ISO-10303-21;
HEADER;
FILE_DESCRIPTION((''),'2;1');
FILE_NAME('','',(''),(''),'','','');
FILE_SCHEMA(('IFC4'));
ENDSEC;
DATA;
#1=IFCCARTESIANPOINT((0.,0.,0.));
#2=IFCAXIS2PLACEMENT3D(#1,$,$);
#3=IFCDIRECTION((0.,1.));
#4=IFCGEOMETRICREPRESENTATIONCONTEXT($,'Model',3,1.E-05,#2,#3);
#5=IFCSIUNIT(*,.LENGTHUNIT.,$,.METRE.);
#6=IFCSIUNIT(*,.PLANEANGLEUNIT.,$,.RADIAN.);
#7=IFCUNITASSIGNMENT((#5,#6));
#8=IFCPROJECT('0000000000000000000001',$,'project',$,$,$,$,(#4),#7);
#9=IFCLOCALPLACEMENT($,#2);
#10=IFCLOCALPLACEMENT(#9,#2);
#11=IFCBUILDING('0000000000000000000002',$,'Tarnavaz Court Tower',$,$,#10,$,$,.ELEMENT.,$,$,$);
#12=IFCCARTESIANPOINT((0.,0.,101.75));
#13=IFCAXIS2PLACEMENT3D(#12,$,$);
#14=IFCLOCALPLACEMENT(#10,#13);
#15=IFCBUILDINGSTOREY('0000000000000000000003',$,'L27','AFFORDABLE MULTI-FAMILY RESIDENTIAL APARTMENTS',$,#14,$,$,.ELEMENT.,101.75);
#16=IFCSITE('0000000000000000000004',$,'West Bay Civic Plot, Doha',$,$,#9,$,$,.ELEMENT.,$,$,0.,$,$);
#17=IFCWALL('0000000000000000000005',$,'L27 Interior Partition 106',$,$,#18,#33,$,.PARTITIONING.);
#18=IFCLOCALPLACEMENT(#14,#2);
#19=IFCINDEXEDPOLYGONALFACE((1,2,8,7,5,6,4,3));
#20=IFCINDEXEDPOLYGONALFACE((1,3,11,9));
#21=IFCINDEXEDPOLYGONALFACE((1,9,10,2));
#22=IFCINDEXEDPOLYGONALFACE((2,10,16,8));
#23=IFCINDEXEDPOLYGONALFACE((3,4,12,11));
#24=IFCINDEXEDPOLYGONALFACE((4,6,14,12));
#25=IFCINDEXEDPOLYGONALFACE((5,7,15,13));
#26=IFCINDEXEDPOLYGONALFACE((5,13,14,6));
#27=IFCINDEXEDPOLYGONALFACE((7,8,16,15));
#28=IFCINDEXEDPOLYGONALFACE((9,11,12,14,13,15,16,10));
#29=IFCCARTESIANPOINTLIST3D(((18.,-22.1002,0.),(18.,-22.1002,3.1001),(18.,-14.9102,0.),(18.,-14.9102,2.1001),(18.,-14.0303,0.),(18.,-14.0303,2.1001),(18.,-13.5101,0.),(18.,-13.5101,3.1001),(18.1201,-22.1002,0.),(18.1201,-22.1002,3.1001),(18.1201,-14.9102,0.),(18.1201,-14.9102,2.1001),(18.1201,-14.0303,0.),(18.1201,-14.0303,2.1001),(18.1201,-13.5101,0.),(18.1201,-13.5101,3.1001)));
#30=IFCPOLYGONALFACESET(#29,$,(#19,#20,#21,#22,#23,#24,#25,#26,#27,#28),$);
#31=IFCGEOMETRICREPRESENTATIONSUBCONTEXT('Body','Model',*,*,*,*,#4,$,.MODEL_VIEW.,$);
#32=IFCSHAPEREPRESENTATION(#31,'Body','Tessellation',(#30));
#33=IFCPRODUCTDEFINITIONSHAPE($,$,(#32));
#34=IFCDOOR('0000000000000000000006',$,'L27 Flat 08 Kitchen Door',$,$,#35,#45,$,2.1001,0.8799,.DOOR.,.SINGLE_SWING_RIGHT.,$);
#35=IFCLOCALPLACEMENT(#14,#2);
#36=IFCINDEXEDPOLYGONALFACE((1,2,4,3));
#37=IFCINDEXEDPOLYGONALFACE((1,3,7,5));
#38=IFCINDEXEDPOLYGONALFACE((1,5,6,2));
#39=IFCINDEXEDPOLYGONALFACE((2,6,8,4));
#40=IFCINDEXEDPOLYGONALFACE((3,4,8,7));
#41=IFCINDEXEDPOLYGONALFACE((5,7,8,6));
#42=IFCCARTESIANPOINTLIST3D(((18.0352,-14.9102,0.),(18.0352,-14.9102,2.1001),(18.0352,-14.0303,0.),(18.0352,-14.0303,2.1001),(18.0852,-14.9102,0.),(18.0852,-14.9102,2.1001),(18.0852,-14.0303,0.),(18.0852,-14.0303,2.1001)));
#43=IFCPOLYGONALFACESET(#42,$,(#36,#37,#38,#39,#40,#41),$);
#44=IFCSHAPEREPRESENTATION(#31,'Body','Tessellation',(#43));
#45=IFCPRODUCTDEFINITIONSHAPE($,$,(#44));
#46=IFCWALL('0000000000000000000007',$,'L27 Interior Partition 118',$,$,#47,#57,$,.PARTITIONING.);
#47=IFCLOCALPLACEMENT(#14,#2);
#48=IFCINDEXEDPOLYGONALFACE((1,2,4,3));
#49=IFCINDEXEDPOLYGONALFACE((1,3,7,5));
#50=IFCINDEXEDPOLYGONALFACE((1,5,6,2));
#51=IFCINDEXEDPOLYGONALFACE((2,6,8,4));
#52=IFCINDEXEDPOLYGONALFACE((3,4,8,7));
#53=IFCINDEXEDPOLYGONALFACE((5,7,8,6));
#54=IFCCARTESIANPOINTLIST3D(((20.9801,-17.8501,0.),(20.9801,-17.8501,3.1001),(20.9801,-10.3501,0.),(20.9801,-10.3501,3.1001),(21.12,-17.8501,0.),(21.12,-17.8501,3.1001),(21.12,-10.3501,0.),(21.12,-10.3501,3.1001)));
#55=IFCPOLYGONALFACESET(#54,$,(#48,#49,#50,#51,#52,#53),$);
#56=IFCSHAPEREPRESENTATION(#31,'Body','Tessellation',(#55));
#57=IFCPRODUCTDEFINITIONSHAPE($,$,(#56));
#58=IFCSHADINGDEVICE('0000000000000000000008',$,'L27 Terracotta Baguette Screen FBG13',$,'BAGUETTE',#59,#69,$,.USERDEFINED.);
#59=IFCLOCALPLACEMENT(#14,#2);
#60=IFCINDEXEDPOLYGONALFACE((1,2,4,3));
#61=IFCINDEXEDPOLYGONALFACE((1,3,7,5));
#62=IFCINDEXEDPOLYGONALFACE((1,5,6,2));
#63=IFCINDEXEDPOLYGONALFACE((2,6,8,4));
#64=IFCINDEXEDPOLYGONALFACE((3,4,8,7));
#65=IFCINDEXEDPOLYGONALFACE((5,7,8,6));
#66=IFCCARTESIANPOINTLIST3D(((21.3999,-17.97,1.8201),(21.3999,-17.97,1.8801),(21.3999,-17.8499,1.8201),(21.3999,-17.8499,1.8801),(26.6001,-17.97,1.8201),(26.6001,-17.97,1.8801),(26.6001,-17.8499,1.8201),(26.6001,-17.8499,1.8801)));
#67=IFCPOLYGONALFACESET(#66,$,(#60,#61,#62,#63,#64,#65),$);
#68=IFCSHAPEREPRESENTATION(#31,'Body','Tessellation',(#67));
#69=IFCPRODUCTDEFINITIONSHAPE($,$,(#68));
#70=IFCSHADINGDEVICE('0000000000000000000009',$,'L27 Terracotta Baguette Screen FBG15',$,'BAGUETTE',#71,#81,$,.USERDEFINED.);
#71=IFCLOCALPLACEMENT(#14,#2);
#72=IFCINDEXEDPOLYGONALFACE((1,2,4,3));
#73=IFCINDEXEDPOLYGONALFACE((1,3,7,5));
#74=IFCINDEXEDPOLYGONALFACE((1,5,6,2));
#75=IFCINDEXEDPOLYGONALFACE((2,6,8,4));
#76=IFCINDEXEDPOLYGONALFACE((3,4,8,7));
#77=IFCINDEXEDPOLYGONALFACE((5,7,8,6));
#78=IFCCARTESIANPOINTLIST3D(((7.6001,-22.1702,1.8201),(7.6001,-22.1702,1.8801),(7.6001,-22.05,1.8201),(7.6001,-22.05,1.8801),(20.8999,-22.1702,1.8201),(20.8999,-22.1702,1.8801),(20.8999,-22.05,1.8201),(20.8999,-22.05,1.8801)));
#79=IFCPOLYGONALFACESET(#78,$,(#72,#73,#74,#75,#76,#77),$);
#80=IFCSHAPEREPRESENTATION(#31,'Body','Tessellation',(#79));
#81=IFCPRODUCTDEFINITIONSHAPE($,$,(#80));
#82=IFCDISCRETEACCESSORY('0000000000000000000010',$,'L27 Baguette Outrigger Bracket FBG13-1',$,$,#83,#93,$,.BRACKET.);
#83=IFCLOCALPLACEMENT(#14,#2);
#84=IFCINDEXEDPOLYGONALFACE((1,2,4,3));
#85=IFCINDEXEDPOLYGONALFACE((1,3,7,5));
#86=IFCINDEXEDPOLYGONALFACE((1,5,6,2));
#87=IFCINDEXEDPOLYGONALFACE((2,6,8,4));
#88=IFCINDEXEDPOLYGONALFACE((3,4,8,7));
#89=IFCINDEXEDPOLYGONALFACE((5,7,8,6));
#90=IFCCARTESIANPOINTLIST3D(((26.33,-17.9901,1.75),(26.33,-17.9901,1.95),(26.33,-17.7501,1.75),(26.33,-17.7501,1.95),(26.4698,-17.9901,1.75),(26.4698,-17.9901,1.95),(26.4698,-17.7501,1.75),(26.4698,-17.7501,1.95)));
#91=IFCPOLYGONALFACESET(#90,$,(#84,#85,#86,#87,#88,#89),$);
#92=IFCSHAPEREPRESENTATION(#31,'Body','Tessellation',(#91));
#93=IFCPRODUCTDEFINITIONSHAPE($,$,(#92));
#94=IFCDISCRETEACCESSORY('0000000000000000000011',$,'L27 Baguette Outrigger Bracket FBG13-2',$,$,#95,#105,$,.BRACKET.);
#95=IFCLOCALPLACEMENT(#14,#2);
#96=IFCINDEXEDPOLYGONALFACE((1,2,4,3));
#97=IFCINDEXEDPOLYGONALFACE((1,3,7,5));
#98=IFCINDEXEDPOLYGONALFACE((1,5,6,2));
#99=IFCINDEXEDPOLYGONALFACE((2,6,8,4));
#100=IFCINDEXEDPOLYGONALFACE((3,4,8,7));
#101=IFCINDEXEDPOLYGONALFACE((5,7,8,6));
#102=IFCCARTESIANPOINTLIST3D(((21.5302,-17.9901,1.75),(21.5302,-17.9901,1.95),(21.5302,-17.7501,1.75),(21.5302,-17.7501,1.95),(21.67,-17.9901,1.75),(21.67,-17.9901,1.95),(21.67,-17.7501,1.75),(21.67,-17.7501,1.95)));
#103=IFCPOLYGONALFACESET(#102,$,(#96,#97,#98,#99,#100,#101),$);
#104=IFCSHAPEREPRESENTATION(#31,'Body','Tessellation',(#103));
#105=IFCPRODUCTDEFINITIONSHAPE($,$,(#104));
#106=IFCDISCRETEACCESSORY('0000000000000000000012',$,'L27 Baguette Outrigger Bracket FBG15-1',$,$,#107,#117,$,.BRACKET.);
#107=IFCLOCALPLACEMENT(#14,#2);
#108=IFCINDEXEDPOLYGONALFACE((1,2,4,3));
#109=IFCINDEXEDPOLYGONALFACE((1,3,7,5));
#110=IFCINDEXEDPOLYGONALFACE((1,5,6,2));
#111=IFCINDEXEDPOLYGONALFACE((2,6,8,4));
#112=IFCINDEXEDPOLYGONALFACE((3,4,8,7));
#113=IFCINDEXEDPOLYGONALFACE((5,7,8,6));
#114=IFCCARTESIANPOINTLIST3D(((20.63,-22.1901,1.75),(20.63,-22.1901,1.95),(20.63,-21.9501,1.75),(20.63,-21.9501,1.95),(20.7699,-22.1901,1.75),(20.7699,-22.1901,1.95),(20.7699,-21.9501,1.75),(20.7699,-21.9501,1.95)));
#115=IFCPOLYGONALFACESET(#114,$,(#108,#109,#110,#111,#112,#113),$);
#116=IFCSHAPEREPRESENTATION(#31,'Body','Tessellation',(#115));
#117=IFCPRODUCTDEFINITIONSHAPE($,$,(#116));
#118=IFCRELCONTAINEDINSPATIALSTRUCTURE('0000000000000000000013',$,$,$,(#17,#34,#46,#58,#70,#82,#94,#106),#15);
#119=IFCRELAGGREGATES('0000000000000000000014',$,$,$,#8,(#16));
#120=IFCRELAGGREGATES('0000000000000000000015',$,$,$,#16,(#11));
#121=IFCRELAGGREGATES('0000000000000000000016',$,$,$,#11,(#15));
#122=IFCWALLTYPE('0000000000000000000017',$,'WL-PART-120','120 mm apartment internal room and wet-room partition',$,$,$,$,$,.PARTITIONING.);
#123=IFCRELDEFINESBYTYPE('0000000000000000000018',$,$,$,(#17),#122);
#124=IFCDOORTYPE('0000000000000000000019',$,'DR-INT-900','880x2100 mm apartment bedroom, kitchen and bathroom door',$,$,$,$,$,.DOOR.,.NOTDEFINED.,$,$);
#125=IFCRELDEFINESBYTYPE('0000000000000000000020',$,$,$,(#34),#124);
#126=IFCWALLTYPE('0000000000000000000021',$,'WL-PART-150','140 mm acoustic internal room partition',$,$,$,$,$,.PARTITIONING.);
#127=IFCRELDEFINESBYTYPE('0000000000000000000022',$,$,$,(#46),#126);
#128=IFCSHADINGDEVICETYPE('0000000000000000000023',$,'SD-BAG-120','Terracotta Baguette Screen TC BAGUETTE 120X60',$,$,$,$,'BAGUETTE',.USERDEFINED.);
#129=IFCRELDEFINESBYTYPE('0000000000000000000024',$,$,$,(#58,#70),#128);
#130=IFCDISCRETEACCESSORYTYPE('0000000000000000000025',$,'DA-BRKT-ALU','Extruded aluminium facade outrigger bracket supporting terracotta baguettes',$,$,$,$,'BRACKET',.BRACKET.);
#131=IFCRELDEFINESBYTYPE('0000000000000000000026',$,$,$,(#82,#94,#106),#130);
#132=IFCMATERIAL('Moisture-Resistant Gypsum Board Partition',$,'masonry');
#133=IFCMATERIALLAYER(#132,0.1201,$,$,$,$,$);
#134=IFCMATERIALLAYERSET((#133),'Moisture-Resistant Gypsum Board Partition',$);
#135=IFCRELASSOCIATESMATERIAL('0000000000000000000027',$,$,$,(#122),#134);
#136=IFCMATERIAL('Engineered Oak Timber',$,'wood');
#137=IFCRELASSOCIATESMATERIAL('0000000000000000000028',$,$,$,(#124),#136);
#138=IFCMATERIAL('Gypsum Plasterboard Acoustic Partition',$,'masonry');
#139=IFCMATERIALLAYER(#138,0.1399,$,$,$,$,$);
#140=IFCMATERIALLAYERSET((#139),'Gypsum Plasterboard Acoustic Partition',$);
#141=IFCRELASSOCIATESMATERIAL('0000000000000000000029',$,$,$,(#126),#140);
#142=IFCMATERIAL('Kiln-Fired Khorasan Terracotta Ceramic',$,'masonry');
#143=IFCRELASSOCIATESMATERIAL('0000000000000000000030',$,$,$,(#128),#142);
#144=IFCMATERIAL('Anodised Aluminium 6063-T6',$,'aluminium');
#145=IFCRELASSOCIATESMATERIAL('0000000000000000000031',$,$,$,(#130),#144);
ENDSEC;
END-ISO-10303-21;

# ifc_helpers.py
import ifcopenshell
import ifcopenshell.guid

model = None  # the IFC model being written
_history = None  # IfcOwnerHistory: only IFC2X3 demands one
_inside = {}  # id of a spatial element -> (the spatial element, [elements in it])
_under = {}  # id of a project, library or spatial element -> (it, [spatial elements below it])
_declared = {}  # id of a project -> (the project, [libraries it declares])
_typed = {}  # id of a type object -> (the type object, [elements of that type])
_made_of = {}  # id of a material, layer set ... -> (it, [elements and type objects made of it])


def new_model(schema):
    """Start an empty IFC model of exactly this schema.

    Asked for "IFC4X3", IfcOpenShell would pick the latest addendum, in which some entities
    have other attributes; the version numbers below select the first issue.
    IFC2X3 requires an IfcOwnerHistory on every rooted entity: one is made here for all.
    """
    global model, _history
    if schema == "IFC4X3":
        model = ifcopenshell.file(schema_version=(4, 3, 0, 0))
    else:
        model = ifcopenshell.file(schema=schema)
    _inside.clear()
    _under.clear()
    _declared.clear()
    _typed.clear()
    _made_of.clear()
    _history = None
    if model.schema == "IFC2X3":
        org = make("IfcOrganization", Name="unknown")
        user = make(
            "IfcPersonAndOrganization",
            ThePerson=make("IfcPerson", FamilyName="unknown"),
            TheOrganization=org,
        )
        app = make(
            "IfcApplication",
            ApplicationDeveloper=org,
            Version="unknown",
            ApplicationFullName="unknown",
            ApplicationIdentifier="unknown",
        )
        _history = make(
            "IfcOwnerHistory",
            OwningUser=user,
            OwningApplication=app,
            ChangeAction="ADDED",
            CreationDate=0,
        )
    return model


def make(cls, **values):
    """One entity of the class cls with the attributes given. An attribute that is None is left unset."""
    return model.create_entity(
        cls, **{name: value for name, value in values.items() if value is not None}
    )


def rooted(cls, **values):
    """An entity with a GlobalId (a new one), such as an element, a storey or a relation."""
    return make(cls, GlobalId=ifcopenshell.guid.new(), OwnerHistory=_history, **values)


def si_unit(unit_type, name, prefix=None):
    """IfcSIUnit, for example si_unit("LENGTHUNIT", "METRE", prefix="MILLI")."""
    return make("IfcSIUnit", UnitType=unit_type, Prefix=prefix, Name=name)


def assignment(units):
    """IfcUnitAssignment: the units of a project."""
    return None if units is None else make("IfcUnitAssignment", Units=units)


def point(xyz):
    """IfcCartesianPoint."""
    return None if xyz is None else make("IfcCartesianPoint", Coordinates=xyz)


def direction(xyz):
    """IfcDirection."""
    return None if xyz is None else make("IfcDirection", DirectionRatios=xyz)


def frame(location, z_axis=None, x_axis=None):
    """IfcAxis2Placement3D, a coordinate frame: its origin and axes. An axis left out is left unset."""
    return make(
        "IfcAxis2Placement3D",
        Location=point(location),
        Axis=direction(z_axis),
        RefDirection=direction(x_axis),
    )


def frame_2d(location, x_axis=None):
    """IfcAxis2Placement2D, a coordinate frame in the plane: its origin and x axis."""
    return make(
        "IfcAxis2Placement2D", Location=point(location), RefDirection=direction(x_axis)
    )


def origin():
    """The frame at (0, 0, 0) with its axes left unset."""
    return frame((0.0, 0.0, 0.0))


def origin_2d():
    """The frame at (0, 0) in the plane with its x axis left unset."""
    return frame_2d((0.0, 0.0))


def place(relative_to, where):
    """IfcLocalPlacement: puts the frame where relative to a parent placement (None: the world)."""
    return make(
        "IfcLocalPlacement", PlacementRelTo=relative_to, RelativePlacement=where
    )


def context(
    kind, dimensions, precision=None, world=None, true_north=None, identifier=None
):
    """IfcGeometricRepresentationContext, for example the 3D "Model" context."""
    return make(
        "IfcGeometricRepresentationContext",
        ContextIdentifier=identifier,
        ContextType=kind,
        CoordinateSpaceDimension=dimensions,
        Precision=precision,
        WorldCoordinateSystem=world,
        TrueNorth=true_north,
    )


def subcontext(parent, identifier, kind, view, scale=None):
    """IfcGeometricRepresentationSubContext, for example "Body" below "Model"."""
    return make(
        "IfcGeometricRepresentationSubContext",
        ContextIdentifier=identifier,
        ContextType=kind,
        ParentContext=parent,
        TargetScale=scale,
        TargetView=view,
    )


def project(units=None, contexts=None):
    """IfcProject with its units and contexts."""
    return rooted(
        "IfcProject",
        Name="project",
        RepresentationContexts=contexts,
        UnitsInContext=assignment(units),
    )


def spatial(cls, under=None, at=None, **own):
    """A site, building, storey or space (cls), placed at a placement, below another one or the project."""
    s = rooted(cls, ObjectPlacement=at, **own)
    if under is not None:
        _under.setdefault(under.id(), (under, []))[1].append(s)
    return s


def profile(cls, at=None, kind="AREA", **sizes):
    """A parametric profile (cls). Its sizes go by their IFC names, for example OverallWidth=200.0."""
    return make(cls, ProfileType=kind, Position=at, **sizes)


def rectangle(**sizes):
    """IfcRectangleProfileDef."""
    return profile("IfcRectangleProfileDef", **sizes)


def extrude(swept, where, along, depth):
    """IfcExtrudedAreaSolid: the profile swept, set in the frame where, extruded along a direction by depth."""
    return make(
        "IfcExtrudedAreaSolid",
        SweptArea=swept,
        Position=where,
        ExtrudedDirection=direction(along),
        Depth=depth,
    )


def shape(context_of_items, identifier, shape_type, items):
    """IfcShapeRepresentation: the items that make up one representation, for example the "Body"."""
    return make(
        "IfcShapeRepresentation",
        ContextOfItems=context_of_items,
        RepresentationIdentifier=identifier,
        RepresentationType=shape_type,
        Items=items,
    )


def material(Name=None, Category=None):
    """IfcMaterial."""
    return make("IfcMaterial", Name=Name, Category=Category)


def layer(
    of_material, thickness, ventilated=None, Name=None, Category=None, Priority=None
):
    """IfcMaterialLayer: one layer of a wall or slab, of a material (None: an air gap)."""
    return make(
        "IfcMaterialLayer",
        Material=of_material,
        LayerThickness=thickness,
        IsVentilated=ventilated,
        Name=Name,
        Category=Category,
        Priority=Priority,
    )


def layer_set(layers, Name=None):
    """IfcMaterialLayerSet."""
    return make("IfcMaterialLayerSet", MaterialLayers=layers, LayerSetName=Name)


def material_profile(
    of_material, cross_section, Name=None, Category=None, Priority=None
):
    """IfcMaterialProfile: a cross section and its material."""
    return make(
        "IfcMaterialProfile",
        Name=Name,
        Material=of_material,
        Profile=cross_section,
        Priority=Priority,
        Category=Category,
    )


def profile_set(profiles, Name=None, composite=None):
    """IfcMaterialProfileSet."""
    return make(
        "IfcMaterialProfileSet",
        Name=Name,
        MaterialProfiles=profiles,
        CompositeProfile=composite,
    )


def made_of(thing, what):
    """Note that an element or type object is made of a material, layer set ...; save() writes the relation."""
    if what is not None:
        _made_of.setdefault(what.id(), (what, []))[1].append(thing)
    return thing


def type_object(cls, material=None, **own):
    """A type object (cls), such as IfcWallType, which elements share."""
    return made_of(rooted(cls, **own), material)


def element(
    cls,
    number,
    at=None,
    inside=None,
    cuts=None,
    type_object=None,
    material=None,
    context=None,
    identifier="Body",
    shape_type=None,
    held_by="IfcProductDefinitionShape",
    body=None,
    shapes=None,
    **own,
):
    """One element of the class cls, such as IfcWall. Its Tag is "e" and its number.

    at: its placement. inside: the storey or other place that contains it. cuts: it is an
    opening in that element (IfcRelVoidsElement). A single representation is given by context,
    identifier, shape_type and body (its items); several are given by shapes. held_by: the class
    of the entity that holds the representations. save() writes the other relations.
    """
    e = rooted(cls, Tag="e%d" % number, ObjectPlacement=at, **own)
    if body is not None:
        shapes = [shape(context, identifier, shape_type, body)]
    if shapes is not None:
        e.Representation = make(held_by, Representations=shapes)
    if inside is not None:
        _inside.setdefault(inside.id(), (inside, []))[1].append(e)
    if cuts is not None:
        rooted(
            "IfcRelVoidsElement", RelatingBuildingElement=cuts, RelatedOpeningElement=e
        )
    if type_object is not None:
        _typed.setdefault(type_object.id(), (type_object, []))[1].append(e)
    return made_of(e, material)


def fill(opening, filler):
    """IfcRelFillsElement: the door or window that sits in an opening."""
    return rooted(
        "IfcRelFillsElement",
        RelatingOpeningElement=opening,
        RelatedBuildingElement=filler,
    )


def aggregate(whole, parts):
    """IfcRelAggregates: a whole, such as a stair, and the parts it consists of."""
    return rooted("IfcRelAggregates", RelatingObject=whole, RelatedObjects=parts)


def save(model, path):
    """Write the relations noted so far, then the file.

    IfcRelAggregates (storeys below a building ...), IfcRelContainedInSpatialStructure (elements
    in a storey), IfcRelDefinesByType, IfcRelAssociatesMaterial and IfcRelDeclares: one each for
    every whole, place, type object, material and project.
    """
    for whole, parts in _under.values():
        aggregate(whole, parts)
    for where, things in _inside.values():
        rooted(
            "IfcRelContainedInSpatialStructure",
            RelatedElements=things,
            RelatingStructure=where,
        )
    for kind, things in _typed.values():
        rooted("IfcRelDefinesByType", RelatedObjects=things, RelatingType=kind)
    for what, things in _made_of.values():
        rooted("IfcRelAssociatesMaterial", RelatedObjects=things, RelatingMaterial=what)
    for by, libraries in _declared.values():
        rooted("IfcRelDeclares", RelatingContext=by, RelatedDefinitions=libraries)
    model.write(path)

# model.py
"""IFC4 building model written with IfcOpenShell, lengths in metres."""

from ifc_helpers import new_model, si_unit, direction, frame, frame_2d, origin, origin_2d, place, context, subcontext, project, spatial, rectangle, extrude, material, layer, layer_set, material_profile, profile_set, type_object, element, fill, save


model = new_model("IFC4")

# Units and contexts
model_context = context("Model", 3, precision=1e-05, world=origin(), true_north=direction((0.0, 1.0)))
body_context = subcontext(model_context, "Body", "Model", "MODEL_VIEW")
ifc_project = project(units=[si_unit("LENGTHUNIT", "METRE"), si_unit("PLANEANGLEUNIT", "RADIAN")], contexts=[model_context])

# Site, building, storey
site_placement = place(None, origin())
site = spatial("IfcSite", under=ifc_project, at=site_placement, Name="West Bay Civic Plot, Doha", CompositionType="ELEMENT", RefElevation=0.0)
building_placement = place(site_placement, origin())
building = spatial("IfcBuilding", under=site, at=building_placement, Name="Tarnavaz Court Tower", CompositionType="ELEMENT")
storey_placement = place(building_placement, frame((0.0, 0.0, 101.75)))
storey = spatial("IfcBuildingStorey", under=building, at=storey_placement, Name="L27", Description="AFFORDABLE MULTI-FAMILY RESIDENTIAL APARTMENTS", CompositionType="ELEMENT", Elevation=101.75)

# Wall, opening, door
ifc_material_1 = material(Name="Moisture-Resistant Gypsum Board Partition", Category="masonry")
ifc_layer_1 = layer(ifc_material_1, 0.1201)
ifc_layer_set_1 = layer_set([ifc_layer_1], Name="Moisture-Resistant Gypsum Board Partition")
wall_type_1 = type_object("IfcWallType", Name="WL-PART-120", Description="120 mm apartment internal room and wet-room partition", PredefinedType="PARTITIONING", material=ifc_layer_set_1)
wall_1_placement = place(storey_placement, frame((18.0601, -22.1001, 0.0), z_axis=(0.0, 0.0, 1.0), x_axis=(0.0, 1.0, 0.0)))
wall_1 = element("IfcWall", 1, at=wall_1_placement, inside=storey, type_object=wall_type_1, Name="L27 Interior Partition 106", PredefinedType="PARTITIONING", context=body_context, shape_type="SweptSolid", body=[
    extrude(rectangle(XDim=8.5901, YDim=0.1201, at=frame_2d((4.2949, 0.0))), origin(), (0.0, 0.0, 1.0), 3.1001),
])
opening_1_placement = place(wall_1_placement, frame((7.1899, 0.0, 0.0)))
opening_1 = element("IfcOpeningElement", 2, at=opening_1_placement, cuts=wall_1, PredefinedType="OPENING", context=body_context, shape_type="SweptSolid", body=[
    extrude(rectangle(XDim=0.8799, YDim=2.1001, at=frame_2d((0.4399, 1.05))), frame((0.0, 0.0701, 0.0), z_axis=(0.0, -1.0, 0.0), x_axis=(1.0, 0.0, 0.0)), (0.0, 0.0, 1.0), 0.1401),
])
ifc_material_2 = material(Name="Engineered Oak Timber", Category="wood")
door_type = type_object("IfcDoorType", Name="DR-INT-900", Description="880x2100 mm apartment bedroom, kitchen and bathroom door", OperationType="NOTDEFINED", PredefinedType="DOOR", material=ifc_material_2)
door_placement = place(opening_1_placement, origin())
door = element("IfcDoor", 3, at=door_placement, inside=storey, type_object=door_type, Name="L27 Flat 08 Kitchen Door", OperationType="SINGLE_SWING_RIGHT", OverallHeight=2.1001, OverallWidth=0.8799, PredefinedType="DOOR", context=body_context, shape_type="SweptSolid", body=[
    extrude(rectangle(XDim=0.8799, YDim=2.1001, at=frame_2d((0.4399, 1.05))), frame((0.0, 0.0249, 0.0), z_axis=(0.0, -1.0, 0.0), x_axis=(1.0, 0.0, 0.0)), (0.0, 0.0, 1.0), 0.05),
])
fill(opening_1, door)

# Wall
ifc_material_3 = material(Name="Gypsum Plasterboard Acoustic Partition", Category="masonry")
ifc_layer_2 = layer(ifc_material_3, 0.1399)
ifc_layer_set_2 = layer_set([ifc_layer_2], Name="Gypsum Plasterboard Acoustic Partition")
wall_type_2 = type_object("IfcWallType", Name="WL-PART-150", Description="140 mm acoustic internal room partition", PredefinedType="PARTITIONING", material=ifc_layer_set_2)
wall_2_placement = place(storey_placement, frame((21.05, -17.8501, 0.0), z_axis=(0.0, 0.0, 1.0), x_axis=(0.0, 1.0, 0.0)))
element("IfcWall", 4, at=wall_2_placement, inside=storey, type_object=wall_type_2, Name="L27 Interior Partition 118", PredefinedType="PARTITIONING", context=body_context, shape_type="SweptSolid", body=[
    extrude(rectangle(XDim=7.5, YDim=0.1399, at=frame_2d((3.75, 0.0))), origin(), (0.0, 0.0, 1.0), 3.1001),
])

# Shading devices
ifc_material_4 = material(Name="Kiln-Fired Khorasan Terracotta Ceramic", Category="masonry")
ifc_material_profile_1 = material_profile(ifc_material_4, rectangle(XDim=0.1201, YDim=0.0601, at=origin_2d()), Name="TC BAGUETTE 120X60")
ifc_profile_set_1 = profile_set([ifc_material_profile_1], Name="Kiln-Fired Khorasan Terracotta Ceramic")
shading_device_type = type_object("IfcShadingDeviceType", Name="SD-BAG-120", Description="Terracotta Baguette Screen TC BAGUETTE 120X60", ElementType="BAGUETTE", PredefinedType="USERDEFINED", material=ifc_profile_set_1)
shading_device_1_placement = place(storey_placement, frame((26.6001, -17.9099, 1.8501), z_axis=(-1.0, 0.0, 0.0), x_axis=(0.0, -1.0, 0.0)))
element("IfcShadingDevice", 5, at=shading_device_1_placement, inside=storey, type_object=shading_device_type, Name="L27 Terracotta Baguette Screen FBG13", ObjectType="BAGUETTE", PredefinedType="USERDEFINED", context=body_context, shape_type="SweptSolid", body=[
    extrude(rectangle(XDim=0.1201, YDim=0.0601, at=origin_2d()), origin(), (0.0, 0.0, 1.0), 5.2002),
])
shading_device_2_placement = place(storey_placement, frame((20.8999, -22.1101, 1.8501), z_axis=(-1.0, 0.0, 0.0), x_axis=(0.0, -1.0, 0.0)))
element("IfcShadingDevice", 6, at=shading_device_2_placement, inside=storey, type_object=shading_device_type, Name="L27 Terracotta Baguette Screen FBG15", ObjectType="BAGUETTE", PredefinedType="USERDEFINED", context=body_context, shape_type="SweptSolid", body=[
    extrude(rectangle(XDim=0.1201, YDim=0.0601, at=origin_2d()), origin(), (0.0, 0.0, 1.0), 13.2998),
])

# Discrete accessories
ifc_material_5 = material(Name="Anodised Aluminium 6063-T6", Category="aluminium")
discrete_accessory_type = type_object("IfcDiscreteAccessoryType", Name="DA-BRKT-ALU", Description="Extruded aluminium facade outrigger bracket supporting terracotta baguettes", ElementType="BRACKET", PredefinedType="BRACKET", material=ifc_material_5)
for number, where, z_axis, x_axis, name in (
    (7, (26.3999, -17.8701, 1.75), (0.0, 0.0, 1.0), (-1.0, 0.0, 0.0), "L27 Baguette Outrigger Bracket FBG13-1"),
    (8, (21.6001, -17.8701, 1.75), (0.0, 0.0, 1.0), (-1.0, 0.0, 0.0), "L27 Baguette Outrigger Bracket FBG13-2"),
    (9, (20.7, -22.0701, 1.75), (0.0, 0.0, 1.0), (-1.0, 0.0, 0.0), "L27 Baguette Outrigger Bracket FBG15-1"),
):
    element("IfcDiscreteAccessory", number, at=place(storey_placement, frame(where, z_axis=z_axis, x_axis=x_axis)), inside=storey, type_object=discrete_accessory_type, Name=name, PredefinedType="BRACKET", context=body_context, shape_type="SweptSolid", body=[
        extrude(rectangle(XDim=0.1399, YDim=0.24, at=origin_2d()), origin(), (0.0, 0.0, 1.0), 0.2),
    ])

save(model, "model.ifc")
